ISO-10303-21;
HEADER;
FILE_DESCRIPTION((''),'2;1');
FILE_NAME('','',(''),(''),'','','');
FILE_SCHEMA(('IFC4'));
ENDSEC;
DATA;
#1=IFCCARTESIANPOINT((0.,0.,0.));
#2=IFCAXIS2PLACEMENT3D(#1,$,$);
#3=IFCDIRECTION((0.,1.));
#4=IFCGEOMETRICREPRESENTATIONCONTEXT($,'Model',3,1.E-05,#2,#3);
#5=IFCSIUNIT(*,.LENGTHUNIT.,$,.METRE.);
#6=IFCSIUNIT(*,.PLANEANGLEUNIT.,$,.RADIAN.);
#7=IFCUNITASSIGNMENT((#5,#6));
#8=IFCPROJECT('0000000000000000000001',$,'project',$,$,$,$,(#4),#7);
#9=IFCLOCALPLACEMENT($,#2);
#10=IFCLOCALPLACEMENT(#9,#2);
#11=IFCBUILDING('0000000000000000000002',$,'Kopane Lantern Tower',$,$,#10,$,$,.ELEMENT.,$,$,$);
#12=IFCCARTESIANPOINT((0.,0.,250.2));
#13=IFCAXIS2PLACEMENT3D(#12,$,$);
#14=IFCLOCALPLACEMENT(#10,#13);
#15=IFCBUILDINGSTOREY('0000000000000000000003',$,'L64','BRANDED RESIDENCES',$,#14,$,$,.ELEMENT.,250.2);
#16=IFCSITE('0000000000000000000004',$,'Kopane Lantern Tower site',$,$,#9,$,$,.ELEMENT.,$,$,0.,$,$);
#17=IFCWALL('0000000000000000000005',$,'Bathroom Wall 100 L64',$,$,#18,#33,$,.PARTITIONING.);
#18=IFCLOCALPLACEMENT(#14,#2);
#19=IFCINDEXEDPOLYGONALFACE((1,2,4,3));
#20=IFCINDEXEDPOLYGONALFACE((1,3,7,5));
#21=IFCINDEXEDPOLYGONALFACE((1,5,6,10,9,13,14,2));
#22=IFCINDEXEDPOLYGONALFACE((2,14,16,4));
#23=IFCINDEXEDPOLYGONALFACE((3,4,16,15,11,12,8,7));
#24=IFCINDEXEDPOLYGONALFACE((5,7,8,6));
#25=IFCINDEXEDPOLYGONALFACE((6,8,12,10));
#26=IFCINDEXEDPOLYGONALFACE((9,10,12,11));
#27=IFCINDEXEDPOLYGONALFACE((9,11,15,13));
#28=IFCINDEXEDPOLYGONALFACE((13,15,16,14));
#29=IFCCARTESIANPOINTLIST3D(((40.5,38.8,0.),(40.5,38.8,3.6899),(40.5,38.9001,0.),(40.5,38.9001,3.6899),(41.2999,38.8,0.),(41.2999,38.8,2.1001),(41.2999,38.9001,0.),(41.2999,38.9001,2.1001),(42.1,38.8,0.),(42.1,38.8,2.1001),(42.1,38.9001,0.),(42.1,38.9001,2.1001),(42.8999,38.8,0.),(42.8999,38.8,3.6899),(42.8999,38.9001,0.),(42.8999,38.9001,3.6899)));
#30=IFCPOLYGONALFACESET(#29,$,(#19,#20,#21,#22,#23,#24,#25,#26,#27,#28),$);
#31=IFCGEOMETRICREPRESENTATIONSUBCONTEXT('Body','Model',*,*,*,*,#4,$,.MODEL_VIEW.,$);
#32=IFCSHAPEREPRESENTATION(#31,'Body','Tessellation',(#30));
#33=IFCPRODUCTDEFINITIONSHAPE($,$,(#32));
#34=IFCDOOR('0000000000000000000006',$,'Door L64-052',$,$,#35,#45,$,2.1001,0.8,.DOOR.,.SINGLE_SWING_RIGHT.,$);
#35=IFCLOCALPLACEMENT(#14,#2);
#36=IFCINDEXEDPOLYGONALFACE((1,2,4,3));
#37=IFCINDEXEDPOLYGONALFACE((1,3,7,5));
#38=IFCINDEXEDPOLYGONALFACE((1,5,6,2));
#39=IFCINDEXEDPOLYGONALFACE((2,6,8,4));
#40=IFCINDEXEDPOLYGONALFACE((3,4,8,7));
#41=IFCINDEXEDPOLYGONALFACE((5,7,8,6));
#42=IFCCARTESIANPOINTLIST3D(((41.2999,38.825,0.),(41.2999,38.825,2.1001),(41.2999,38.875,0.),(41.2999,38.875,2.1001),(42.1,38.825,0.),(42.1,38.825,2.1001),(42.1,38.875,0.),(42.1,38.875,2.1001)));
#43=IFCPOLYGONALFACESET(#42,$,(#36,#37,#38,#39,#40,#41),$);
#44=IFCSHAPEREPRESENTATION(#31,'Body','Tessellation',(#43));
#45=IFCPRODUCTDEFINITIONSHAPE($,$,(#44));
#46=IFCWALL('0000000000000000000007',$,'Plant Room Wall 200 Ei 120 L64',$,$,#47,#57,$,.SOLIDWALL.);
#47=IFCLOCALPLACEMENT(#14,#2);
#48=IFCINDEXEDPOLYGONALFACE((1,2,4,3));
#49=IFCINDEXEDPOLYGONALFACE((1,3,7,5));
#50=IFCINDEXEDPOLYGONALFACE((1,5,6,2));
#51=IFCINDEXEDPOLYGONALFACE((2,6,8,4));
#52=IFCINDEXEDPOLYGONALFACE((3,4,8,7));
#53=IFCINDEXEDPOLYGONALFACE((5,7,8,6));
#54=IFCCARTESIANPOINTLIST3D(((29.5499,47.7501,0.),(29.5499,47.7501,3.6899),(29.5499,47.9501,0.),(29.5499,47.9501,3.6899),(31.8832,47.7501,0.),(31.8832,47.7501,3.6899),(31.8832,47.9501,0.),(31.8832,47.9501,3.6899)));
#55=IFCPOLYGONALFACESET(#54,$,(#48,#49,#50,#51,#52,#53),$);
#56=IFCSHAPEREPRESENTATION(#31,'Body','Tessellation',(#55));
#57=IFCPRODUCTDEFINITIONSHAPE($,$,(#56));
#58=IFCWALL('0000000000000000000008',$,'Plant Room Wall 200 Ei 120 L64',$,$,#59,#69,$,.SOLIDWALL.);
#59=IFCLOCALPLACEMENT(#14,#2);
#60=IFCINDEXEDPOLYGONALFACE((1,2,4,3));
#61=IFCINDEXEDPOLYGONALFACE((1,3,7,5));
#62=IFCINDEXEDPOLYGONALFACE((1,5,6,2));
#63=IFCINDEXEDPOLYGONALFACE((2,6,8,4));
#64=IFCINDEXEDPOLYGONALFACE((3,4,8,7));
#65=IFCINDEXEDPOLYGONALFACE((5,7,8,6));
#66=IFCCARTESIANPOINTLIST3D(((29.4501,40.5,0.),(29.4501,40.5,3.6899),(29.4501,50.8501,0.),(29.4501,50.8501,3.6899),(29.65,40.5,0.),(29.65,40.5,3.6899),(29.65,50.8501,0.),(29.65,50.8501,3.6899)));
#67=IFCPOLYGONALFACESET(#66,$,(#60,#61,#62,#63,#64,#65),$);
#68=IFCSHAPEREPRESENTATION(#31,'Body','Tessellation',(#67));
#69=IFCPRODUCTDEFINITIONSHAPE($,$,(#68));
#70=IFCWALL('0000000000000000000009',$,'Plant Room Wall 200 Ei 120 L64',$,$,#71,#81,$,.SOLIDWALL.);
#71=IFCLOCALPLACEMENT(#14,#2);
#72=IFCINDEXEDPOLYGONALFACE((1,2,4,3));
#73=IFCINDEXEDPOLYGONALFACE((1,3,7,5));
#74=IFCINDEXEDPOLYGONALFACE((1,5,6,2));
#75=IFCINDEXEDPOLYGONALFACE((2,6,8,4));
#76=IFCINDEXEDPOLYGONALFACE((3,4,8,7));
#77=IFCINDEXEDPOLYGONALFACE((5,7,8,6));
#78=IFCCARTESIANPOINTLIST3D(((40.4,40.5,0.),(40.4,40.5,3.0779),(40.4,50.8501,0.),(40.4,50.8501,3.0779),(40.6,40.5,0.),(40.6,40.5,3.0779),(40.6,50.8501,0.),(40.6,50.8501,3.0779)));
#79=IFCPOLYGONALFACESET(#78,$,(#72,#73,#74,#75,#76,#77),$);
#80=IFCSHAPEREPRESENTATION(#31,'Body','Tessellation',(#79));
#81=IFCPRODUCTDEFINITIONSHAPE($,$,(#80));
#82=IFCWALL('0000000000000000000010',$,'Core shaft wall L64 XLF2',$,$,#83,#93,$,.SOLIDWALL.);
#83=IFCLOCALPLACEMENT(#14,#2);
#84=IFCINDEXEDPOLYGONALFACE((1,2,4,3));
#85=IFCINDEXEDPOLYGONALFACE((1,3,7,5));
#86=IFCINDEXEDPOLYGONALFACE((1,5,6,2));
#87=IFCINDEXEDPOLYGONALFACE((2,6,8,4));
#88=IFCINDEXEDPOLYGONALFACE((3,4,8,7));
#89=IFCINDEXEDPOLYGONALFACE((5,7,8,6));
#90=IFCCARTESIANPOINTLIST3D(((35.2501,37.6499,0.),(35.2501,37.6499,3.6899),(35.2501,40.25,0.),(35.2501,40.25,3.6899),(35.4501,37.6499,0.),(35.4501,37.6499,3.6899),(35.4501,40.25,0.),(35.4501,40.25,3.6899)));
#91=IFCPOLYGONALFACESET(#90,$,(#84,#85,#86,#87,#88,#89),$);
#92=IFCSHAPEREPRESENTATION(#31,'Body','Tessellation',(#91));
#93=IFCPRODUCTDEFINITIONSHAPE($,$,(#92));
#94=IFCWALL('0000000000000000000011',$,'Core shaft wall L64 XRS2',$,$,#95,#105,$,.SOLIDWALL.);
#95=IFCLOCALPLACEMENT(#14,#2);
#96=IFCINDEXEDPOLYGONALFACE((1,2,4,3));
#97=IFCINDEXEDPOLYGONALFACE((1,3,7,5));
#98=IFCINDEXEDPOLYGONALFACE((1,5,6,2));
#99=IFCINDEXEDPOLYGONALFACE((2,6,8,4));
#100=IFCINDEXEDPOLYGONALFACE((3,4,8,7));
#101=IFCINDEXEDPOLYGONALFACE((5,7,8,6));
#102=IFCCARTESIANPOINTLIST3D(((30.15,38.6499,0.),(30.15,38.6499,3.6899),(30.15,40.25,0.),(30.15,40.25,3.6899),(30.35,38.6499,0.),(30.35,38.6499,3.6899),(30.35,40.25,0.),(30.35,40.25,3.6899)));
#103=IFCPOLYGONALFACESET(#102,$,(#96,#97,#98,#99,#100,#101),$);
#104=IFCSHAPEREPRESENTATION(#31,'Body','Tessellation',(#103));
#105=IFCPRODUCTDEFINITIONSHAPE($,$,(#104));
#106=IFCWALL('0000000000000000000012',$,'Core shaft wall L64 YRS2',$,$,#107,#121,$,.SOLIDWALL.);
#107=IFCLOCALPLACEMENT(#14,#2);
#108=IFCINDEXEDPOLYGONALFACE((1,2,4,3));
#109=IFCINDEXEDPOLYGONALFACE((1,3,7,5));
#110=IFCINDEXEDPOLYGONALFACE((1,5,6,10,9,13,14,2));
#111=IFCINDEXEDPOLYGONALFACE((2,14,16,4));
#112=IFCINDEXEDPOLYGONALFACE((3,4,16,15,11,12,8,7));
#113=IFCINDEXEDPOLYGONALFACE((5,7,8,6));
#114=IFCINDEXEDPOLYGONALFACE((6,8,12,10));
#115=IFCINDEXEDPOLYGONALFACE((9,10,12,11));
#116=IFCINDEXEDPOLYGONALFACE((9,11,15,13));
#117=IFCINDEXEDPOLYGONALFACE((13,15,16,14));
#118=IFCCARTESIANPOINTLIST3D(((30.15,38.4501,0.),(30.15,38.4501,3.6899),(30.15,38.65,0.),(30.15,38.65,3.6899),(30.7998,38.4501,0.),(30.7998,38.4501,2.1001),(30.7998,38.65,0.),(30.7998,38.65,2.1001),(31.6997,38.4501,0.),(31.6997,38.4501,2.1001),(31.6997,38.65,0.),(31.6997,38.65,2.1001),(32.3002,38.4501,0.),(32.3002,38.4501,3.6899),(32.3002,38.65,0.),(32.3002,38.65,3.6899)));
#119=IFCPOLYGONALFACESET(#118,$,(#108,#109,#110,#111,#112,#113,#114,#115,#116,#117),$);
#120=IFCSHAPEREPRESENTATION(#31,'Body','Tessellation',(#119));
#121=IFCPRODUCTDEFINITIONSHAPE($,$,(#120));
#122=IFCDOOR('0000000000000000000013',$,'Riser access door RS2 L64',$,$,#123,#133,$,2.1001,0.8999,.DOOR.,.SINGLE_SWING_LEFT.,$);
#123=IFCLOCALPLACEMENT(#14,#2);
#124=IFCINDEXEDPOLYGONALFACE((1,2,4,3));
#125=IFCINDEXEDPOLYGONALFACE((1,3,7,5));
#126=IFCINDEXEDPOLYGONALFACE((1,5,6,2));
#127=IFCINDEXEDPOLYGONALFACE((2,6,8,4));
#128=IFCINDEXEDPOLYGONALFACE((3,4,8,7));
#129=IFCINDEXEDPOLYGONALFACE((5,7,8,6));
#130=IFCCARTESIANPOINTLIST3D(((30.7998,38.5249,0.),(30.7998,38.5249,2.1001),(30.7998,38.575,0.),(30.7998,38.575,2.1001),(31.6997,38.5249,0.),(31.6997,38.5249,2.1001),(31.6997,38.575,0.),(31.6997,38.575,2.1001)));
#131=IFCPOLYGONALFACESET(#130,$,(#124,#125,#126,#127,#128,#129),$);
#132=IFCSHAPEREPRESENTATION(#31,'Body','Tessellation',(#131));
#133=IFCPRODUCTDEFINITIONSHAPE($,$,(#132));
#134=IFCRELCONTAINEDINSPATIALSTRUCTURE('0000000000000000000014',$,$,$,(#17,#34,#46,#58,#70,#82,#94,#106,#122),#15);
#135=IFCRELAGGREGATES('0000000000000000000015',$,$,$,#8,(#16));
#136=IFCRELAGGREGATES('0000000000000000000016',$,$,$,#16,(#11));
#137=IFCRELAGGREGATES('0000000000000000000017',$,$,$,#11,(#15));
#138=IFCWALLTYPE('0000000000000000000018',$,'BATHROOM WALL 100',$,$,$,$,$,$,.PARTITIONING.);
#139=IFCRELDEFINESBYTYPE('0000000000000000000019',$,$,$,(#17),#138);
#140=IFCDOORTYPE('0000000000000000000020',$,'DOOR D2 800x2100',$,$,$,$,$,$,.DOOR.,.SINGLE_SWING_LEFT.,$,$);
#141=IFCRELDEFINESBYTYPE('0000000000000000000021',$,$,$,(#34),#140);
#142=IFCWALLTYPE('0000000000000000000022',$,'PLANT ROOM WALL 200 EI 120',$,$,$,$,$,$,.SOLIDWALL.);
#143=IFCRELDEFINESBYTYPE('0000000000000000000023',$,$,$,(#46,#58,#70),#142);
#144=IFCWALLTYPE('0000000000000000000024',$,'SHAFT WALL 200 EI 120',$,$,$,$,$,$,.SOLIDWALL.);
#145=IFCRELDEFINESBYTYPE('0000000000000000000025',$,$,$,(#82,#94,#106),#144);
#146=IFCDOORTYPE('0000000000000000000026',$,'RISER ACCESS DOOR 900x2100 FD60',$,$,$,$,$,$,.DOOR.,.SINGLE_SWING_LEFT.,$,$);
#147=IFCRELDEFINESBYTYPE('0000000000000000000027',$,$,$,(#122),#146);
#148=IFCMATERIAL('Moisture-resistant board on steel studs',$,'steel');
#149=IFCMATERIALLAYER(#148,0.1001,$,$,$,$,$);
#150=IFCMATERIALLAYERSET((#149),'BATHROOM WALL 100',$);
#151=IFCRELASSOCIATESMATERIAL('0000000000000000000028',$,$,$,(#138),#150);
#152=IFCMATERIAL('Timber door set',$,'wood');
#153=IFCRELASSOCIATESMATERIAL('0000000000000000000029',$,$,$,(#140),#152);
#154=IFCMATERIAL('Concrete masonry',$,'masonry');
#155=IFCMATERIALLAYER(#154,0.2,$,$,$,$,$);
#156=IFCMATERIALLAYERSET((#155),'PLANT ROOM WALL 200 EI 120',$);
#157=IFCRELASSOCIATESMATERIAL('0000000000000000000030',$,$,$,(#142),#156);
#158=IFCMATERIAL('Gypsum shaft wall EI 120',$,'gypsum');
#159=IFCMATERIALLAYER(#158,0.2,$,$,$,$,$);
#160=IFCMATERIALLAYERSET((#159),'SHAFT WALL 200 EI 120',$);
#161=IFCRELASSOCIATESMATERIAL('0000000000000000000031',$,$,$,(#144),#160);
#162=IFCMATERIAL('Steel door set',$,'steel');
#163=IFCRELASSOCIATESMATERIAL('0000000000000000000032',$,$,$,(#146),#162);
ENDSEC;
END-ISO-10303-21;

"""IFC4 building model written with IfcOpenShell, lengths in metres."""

from ifc_helpers import new_model, si_unit, direction, frame, frame_2d, origin, place, context, subcontext, project, spatial, rectangle, extrude, material, layer, layer_set, type_object, element, fill, save


model = new_model("IFC4")

# Units and contexts
model_context = context("Model", 3, precision=1e-05, world=origin(), true_north=direction((0.0, 1.0)))
body_context = subcontext(model_context, "Body", "Model", "MODEL_VIEW")
ifc_project = project(units=[si_unit("LENGTHUNIT", "METRE"), si_unit("PLANEANGLEUNIT", "RADIAN")], contexts=[model_context])

# Site, building, storey
site_placement = place(None, origin())
site = spatial("IfcSite", under=ifc_project, at=site_placement, Name="Kopane Lantern Tower site", CompositionType="ELEMENT", RefElevation=0.0)
building_placement = place(site_placement, origin())
building = spatial("IfcBuilding", under=site, at=building_placement, Name="Kopane Lantern Tower", CompositionType="ELEMENT")
storey_placement = place(building_placement, frame((0.0, 0.0, 250.2)))
storey = spatial("IfcBuildingStorey", under=building, at=storey_placement, Name="L64", Description="BRANDED RESIDENCES", CompositionType="ELEMENT", Elevation=250.2)

# Wall, opening, door
ifc_material_1 = material(Name="Moisture-resistant board on steel studs", Category="steel")
ifc_layer_1 = layer(ifc_material_1, 0.1001)
ifc_layer_set_1 = layer_set([ifc_layer_1], Name="BATHROOM WALL 100")
wall_type_1 = type_object("IfcWallType", Name="BATHROOM WALL 100", PredefinedType="PARTITIONING", material=ifc_layer_set_1)
wall_1_placement = place(storey_placement, frame((40.5, 38.8501, 0.0), z_axis=(0.0, 0.0, 1.0), x_axis=(1.0, 0.0, 0.0)))
wall_1 = element("IfcWall", 1, at=wall_1_placement, inside=storey, type_object=wall_type_1, Name="Bathroom Wall 100 L64", PredefinedType="PARTITIONING", context=body_context, shape_type="SweptSolid", body=[
    extrude(rectangle(XDim=2.3999, YDim=0.1001, at=frame_2d((1.2, 0.0))), origin(), (0.0, 0.0, 1.0), 3.6899),
])
opening_1_placement = place(wall_1_placement, frame((0.8, 0.0, 0.0)))
opening_1 = element("IfcOpeningElement", 2, at=opening_1_placement, cuts=wall_1, PredefinedType="OPENING", context=body_context, shape_type="SweptSolid", body=[
    extrude(rectangle(XDim=0.8, YDim=2.1001, at=frame_2d((0.3999, 1.05))), frame((0.0, 0.0601, 0.0), z_axis=(0.0, -1.0, 0.0), x_axis=(1.0, 0.0, 0.0)), (0.0, 0.0, 1.0), 0.1201),
])
ifc_material_2 = material(Name="Timber door set", Category="wood")
door_type_1 = type_object("IfcDoorType", Name="DOOR D2 800x2100", OperationType="SINGLE_SWING_LEFT", PredefinedType="DOOR", material=ifc_material_2)
door_1_placement = place(opening_1_placement, origin())
door_1 = element("IfcDoor", 3, at=door_1_placement, inside=storey, type_object=door_type_1, Name="Door L64-052", OperationType="SINGLE_SWING_RIGHT", OverallHeight=2.1001, OverallWidth=0.8, PredefinedType="DOOR", context=body_context, shape_type="SweptSolid", body=[
    extrude(rectangle(XDim=0.8, YDim=2.1001, at=frame_2d((0.3999, 1.05))), frame((0.0, 0.0249, 0.0), z_axis=(0.0, -1.0, 0.0), x_axis=(1.0, 0.0, 0.0)), (0.0, 0.0, 1.0), 0.05),
])
fill(opening_1, door_1)

# Walls
ifc_material_3 = material(Name="Concrete masonry", Category="masonry")
ifc_layer_2 = layer(ifc_material_3, 0.2)
ifc_layer_set_2 = layer_set([ifc_layer_2], Name="PLANT ROOM WALL 200 EI 120")
wall_type_2 = type_object("IfcWallType", Name="PLANT ROOM WALL 200 EI 120", PredefinedType="SOLIDWALL", material=ifc_layer_set_2)
wall_2_placement = place(storey_placement, frame((29.55, 47.8501, 0.0), z_axis=(0.0, 0.0, 1.0), x_axis=(1.0, 0.0, 0.0)))
element("IfcWall", 4, at=wall_2_placement, inside=storey, type_object=wall_type_2, Name="Plant Room Wall 200 Ei 120 L64", PredefinedType="SOLIDWALL", context=body_context, shape_type="SweptSolid", body=[
    extrude(rectangle(XDim=2.3333, YDim=0.2, at=frame_2d((1.1665, 0.0))), origin(), (0.0, 0.0, 1.0), 3.6899),
])
wall_3_placement = place(storey_placement, frame((29.55, 40.5, 0.0), z_axis=(0.0, 0.0, 1.0), x_axis=(0.0, 1.0, 0.0)))
element("IfcWall", 5, at=wall_3_placement, inside=storey, type_object=wall_type_2, Name="Plant Room Wall 200 Ei 120 L64", PredefinedType="SOLIDWALL", context=body_context, shape_type="SweptSolid", body=[
    extrude(rectangle(XDim=10.3501, YDim=0.2, at=frame_2d((5.175, 0.0))), origin(), (0.0, 0.0, 1.0), 3.6899),
])
wall_4_placement = place(storey_placement, frame((40.5, 40.5, 0.0), z_axis=(0.0, 0.0, 1.0), x_axis=(0.0, 1.0, 0.0)))
element("IfcWall", 6, at=wall_4_placement, inside=storey, type_object=wall_type_2, Name="Plant Room Wall 200 Ei 120 L64", PredefinedType="SOLIDWALL", context=body_context, shape_type="SweptSolid", body=[
    extrude(rectangle(XDim=10.3501, YDim=0.2, at=frame_2d((5.175, 0.0))), origin(), (0.0, 0.0, 1.0), 3.0779),
])
ifc_material_4 = material(Name="Gypsum shaft wall EI 120", Category="gypsum")
ifc_layer_3 = layer(ifc_material_4, 0.2)
ifc_layer_set_3 = layer_set([ifc_layer_3], Name="SHAFT WALL 200 EI 120")
wall_type_3 = type_object("IfcWallType", Name="SHAFT WALL 200 EI 120", PredefinedType="SOLIDWALL", material=ifc_layer_set_3)
wall_5_placement = place(storey_placement, frame((35.3501, 37.6499, 0.0), z_axis=(0.0, 0.0, 1.0), x_axis=(0.0, 1.0, 0.0)))
element("IfcWall", 7, at=wall_5_placement, inside=storey, type_object=wall_type_3, Name="Core shaft wall L64 XLF2", PredefinedType="SOLIDWALL", context=body_context, shape_type="SweptSolid", body=[
    extrude(rectangle(XDim=2.6001, YDim=0.2, at=frame_2d((1.3, 0.0))), origin(), (0.0, 0.0, 1.0), 3.6899),
])
wall_6_placement = place(storey_placement, frame((30.25, 38.6499, 0.0), z_axis=(0.0, 0.0, 1.0), x_axis=(0.0, 1.0, 0.0)))
element("IfcWall", 8, at=wall_6_placement, inside=storey, type_object=wall_type_3, Name="Core shaft wall L64 XRS2", PredefinedType="SOLIDWALL", context=body_context, shape_type="SweptSolid", body=[
    extrude(rectangle(XDim=1.6001, YDim=0.2, at=frame_2d((0.8, 0.0))), origin(), (0.0, 0.0, 1.0), 3.6899),
])

# Wall, opening, door
wall_7_placement = place(storey_placement, frame((30.1499, 38.55, 0.0), z_axis=(0.0, 0.0, 1.0), x_axis=(1.0, 0.0, 0.0)))
wall_7 = element("IfcWall", 9, at=wall_7_placement, inside=storey, type_object=wall_type_3, Name="Core shaft wall L64 YRS2", PredefinedType="SOLIDWALL", context=body_context, shape_type="SweptSolid", body=[
    extrude(rectangle(XDim=2.1501, YDim=0.2, at=frame_2d((1.0752, 0.0))), origin(), (0.0, 0.0, 1.0), 3.6899),
])
opening_2_placement = place(wall_7_placement, frame((0.6499, 0.0, 0.0)))
opening_2 = element("IfcOpeningElement", 10, at=opening_2_placement, cuts=wall_7, PredefinedType="OPENING", context=body_context, shape_type="SweptSolid", body=[
    extrude(rectangle(XDim=0.8999, YDim=2.1001, at=frame_2d((0.45, 1.05))), frame((0.0, 0.1099, 0.0), z_axis=(0.0, -1.0, 0.0), x_axis=(1.0, 0.0, 0.0)), (0.0, 0.0, 1.0), 0.22),
])
ifc_material_5 = material(Name="Steel door set", Category="steel")
door_type_2 = type_object("IfcDoorType", Name="RISER ACCESS DOOR 900x2100 FD60", OperationType="SINGLE_SWING_LEFT", PredefinedType="DOOR", material=ifc_material_5)
door_2_placement = place(opening_2_placement, origin())
door_2 = element("IfcDoor", 11, at=door_2_placement, inside=storey, type_object=door_type_2, Name="Riser access door RS2 L64", OperationType="SINGLE_SWING_LEFT", OverallHeight=2.1001, OverallWidth=0.8999, PredefinedType="DOOR", context=body_context, shape_type="SweptSolid", body=[
    extrude(rectangle(XDim=0.8999, YDim=2.1001, at=frame_2d((0.45, 1.05))), frame((0.0, 0.0249, 0.0), z_axis=(0.0, -1.0, 0.0), x_axis=(1.0, 0.0, 0.0)), (0.0, 0.0, 1.0), 0.05),
])
fill(opening_2, door_2)

save(model, "model.ifc")
